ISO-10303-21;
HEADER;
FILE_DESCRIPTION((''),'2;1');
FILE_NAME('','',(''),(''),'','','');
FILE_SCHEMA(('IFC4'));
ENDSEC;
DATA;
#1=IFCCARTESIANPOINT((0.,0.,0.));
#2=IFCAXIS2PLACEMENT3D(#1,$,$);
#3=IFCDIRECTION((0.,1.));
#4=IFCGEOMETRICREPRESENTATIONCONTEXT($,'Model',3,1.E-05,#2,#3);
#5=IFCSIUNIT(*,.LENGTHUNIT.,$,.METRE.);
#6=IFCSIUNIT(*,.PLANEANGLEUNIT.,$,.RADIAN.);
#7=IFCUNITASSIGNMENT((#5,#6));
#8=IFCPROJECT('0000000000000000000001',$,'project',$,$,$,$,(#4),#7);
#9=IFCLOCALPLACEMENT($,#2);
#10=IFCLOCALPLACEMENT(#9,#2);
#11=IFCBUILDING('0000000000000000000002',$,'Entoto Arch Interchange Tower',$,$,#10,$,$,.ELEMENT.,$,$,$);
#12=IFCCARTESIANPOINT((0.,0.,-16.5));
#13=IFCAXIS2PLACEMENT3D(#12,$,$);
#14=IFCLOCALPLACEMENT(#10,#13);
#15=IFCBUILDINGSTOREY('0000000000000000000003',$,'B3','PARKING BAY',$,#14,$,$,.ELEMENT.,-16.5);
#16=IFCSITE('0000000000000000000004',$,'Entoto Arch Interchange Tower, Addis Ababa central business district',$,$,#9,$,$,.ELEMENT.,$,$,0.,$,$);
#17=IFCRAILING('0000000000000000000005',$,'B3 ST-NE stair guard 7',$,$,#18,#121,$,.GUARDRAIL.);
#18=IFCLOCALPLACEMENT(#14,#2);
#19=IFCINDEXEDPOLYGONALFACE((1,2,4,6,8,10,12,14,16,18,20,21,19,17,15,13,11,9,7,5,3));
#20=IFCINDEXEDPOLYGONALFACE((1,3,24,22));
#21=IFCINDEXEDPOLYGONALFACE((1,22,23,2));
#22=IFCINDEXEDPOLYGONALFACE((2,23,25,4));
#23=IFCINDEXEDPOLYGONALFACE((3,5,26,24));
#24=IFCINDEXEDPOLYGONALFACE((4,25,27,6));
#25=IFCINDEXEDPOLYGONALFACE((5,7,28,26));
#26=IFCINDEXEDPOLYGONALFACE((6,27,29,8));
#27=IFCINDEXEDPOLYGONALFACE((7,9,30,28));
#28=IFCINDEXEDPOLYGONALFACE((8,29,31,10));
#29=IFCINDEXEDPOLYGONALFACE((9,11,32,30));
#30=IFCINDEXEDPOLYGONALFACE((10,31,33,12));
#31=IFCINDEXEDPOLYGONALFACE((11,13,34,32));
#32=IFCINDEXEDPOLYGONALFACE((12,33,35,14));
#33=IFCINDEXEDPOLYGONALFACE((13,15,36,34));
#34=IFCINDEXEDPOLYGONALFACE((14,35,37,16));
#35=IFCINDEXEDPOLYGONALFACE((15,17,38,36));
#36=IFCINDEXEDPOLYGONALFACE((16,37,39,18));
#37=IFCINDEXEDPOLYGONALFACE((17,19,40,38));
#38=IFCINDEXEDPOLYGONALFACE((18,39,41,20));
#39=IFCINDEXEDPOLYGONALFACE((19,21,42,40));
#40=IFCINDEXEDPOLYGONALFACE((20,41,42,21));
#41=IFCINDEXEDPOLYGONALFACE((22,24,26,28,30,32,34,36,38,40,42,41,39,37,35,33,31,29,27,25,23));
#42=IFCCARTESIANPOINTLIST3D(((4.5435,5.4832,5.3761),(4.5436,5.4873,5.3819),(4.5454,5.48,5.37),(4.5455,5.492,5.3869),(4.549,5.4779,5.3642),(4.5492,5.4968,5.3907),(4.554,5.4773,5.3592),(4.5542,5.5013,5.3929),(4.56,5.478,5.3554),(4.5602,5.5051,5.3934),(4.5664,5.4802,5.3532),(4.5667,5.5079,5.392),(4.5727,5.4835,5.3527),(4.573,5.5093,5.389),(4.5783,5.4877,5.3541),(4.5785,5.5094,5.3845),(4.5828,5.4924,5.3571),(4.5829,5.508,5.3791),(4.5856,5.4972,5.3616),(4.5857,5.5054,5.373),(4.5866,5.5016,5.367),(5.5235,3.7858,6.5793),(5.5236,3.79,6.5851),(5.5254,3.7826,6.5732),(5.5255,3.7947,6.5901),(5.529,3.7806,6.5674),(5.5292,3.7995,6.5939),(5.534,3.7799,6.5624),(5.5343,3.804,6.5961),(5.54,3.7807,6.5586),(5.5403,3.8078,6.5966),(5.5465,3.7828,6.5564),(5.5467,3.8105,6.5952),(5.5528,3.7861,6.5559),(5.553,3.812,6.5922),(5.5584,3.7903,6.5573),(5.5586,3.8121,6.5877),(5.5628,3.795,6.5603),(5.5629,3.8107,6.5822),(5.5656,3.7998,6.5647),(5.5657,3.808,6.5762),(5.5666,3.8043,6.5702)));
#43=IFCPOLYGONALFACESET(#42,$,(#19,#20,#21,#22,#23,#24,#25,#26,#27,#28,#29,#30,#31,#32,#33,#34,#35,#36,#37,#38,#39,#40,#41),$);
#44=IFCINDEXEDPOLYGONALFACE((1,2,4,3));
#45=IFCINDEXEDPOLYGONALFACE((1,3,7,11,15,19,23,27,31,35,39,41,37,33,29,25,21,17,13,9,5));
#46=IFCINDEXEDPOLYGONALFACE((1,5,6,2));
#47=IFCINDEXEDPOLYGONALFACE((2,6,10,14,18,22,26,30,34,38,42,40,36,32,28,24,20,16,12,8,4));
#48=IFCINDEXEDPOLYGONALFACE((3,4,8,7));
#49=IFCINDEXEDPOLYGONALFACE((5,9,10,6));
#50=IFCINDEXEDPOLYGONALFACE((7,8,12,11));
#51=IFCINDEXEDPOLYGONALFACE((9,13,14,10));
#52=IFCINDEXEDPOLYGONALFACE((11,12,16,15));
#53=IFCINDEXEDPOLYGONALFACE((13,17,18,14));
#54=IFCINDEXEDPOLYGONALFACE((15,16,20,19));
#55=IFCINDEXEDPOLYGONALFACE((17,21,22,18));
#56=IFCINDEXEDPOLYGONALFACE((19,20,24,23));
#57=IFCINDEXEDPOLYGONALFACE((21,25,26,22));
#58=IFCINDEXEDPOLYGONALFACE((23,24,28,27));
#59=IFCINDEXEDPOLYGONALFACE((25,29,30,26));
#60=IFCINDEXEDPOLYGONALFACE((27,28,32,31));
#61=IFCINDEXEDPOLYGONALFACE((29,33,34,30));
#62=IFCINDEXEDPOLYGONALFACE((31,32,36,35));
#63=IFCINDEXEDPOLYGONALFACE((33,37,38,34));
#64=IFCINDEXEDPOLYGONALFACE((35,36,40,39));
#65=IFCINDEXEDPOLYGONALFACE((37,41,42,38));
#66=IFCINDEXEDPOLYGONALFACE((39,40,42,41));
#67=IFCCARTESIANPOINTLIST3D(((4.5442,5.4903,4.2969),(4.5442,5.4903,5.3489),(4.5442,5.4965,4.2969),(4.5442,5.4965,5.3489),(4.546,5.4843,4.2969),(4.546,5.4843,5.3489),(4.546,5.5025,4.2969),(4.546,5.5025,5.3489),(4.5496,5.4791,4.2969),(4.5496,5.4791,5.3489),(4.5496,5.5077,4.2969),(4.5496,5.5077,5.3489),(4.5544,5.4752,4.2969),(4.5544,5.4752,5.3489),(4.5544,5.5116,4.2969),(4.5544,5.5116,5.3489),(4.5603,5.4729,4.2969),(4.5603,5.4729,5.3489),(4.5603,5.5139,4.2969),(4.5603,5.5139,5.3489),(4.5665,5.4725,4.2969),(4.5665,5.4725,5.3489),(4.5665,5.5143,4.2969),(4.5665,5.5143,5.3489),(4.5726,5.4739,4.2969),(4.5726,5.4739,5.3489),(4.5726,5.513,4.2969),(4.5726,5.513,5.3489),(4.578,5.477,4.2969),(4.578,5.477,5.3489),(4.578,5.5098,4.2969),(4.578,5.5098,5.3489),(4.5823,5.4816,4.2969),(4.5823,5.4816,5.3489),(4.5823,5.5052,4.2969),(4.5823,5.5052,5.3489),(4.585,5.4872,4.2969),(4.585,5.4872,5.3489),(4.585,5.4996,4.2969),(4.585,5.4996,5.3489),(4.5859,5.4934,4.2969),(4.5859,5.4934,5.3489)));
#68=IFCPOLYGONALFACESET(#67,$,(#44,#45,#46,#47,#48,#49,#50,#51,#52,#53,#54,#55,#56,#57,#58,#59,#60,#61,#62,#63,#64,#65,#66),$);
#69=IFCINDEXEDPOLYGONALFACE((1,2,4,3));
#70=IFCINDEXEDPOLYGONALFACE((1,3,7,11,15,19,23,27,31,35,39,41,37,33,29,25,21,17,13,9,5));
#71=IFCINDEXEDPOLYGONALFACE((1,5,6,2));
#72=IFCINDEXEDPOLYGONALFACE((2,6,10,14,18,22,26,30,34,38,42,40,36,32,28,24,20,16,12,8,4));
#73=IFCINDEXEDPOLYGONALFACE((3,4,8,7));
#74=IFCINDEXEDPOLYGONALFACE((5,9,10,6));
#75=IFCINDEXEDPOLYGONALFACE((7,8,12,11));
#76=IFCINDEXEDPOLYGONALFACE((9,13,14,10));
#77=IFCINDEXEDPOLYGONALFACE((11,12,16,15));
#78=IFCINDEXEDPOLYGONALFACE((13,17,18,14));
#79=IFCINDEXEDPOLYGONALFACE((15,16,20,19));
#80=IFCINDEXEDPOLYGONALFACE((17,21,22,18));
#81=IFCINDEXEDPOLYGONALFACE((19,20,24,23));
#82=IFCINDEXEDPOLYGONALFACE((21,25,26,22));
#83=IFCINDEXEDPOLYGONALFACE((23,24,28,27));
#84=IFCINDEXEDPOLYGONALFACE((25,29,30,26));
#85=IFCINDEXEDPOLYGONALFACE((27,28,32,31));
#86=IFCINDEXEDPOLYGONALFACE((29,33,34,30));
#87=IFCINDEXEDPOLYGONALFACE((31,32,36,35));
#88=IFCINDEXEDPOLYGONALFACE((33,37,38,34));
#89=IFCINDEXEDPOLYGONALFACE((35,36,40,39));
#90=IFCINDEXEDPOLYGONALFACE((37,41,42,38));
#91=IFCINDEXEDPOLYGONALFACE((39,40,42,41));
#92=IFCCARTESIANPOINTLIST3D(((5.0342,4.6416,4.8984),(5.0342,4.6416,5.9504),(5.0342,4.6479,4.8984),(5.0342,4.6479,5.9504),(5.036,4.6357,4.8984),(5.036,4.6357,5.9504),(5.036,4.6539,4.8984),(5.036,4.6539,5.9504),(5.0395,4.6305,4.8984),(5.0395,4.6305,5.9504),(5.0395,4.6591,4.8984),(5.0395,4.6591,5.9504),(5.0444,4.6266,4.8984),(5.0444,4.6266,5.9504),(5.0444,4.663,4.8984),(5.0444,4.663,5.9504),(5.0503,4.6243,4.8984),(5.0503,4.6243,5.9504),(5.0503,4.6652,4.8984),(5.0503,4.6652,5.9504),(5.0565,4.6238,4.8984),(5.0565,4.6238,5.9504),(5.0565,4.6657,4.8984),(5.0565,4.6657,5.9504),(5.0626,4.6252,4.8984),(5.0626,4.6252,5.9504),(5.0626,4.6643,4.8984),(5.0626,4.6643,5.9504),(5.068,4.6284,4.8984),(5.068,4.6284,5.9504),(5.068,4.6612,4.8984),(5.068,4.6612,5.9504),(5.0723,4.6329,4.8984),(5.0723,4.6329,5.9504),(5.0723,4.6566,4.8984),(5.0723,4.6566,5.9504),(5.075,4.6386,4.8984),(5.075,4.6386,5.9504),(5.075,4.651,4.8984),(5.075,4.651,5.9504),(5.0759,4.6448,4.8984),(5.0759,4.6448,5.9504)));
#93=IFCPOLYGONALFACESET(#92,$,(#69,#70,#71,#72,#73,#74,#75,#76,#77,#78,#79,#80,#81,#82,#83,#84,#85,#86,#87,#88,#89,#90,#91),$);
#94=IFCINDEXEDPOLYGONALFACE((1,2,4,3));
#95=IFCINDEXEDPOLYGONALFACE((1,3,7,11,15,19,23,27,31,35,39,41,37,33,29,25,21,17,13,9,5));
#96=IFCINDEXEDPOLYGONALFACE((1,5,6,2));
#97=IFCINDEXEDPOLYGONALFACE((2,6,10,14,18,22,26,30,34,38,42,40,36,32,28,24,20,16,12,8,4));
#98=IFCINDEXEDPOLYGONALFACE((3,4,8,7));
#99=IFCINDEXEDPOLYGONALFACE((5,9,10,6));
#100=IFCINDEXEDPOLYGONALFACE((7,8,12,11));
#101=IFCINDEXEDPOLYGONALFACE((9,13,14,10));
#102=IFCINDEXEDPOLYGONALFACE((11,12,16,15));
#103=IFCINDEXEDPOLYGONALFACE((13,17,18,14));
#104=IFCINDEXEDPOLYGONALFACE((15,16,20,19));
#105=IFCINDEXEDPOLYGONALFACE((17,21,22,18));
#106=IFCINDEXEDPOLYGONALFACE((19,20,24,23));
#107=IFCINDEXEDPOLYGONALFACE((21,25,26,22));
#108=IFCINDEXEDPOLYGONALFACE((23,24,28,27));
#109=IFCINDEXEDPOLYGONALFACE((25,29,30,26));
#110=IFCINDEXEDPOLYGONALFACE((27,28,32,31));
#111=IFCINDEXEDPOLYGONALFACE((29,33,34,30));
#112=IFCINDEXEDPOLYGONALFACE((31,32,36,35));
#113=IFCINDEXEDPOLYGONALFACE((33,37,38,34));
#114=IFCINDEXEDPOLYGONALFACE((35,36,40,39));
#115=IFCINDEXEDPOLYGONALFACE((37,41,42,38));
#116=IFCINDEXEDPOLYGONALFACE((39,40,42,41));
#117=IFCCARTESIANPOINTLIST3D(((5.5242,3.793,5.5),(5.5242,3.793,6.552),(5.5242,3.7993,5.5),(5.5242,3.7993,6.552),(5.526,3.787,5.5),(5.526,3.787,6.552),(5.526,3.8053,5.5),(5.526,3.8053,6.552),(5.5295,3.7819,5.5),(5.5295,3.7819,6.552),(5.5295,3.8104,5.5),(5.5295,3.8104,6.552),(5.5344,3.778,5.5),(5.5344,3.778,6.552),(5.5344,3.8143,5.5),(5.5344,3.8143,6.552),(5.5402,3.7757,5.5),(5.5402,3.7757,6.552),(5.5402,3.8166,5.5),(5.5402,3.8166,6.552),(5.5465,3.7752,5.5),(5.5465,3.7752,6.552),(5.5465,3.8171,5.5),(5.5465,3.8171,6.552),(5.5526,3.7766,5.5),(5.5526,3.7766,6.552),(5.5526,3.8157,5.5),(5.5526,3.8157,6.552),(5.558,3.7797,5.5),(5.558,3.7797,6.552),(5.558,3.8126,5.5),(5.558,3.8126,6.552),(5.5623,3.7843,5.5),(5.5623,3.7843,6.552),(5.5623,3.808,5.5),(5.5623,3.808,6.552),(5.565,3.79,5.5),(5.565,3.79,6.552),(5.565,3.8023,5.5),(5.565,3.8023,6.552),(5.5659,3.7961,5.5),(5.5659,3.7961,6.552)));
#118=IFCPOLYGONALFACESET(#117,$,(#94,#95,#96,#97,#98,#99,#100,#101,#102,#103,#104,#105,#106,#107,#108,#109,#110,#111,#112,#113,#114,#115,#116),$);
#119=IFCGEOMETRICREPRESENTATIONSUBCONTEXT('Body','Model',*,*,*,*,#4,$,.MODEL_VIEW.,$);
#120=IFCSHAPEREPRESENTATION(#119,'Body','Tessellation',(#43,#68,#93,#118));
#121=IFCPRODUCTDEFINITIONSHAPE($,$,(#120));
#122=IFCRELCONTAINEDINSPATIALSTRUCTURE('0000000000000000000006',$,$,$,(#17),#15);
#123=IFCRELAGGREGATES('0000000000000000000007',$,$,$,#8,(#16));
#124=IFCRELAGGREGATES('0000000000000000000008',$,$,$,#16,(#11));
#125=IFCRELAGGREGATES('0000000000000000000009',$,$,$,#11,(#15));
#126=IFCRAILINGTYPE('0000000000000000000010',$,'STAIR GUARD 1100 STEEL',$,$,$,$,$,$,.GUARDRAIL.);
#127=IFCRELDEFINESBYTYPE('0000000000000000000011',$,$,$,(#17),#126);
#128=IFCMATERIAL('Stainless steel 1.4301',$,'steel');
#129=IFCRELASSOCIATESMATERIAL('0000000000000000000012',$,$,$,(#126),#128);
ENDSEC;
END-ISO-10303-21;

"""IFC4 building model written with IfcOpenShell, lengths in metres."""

from ifc_helpers import new_model, si_unit, direction, frame, origin, origin_2d, place, context, subcontext, project, spatial, circle, extrude, material, type_object, element, save


model = new_model("IFC4")

# Units and contexts
model_context = context("Model", 3, precision=1e-05, world=origin(), true_north=direction((0.0, 1.0)))
body_context = subcontext(model_context, "Body", "Model", "MODEL_VIEW")
ifc_project = project(units=[si_unit("LENGTHUNIT", "METRE"), si_unit("PLANEANGLEUNIT", "RADIAN")], contexts=[model_context])

# Site, building, storey
site_placement = place(None, origin())
site = spatial("IfcSite", under=ifc_project, at=site_placement, Name="Entoto Arch Interchange Tower, Addis Ababa central business district", CompositionType="ELEMENT", RefElevation=0.0)
building_placement = place(site_placement, origin())
building = spatial("IfcBuilding", under=site, at=building_placement, Name="Entoto Arch Interchange Tower", CompositionType="ELEMENT")
storey_placement = place(building_placement, frame((0.0, 0.0, -16.5)))
storey = spatial("IfcBuildingStorey", under=building, at=storey_placement, Name="B3", Description="PARKING BAY", CompositionType="ELEMENT", Elevation=-16.5)

# Railing
ifc_material_1 = material(Name="Stainless steel 1.4301", Category="steel")
railing_type_1 = type_object("IfcRailingType", Name="STAIR GUARD 1100 STEEL", PredefinedType="GUARDRAIL", material=ifc_material_1)
railing_1_placement = place(storey_placement, frame((4.5649, 5.4934, 4.2969)))
element("IfcRailing", 1, at=railing_1_placement, inside=storey, type_object=railing_type_1, Name="B3 ST-NE stair guard 7", PredefinedType="GUARDRAIL", context=body_context, shape_type="SweptSolid", body=[
    extrude(circle(Radius=0.0239, at=origin_2d()), frame((0.0, 0.0, 1.0762), z_axis=(0.426136, -0.73804, 0.523168), x_axis=(0.866011, 0.500024, 0.0)), (0.0, 0.0, 1.0), 2.2998),
    extrude(circle(Radius=0.021, at=origin_2d()), origin(), (0.0, 0.0, 1.0), 1.052),
    extrude(circle(Radius=0.021, at=origin_2d()), frame((0.49, -0.8486, 0.6016)), (0.0, 0.0, 1.0), 1.052),
    extrude(circle(Radius=0.021, at=origin_2d()), frame((0.98, -1.6973, 1.2031)), (0.0, 0.0, 1.0), 1.052),
])

save(model, "model.ifc")
